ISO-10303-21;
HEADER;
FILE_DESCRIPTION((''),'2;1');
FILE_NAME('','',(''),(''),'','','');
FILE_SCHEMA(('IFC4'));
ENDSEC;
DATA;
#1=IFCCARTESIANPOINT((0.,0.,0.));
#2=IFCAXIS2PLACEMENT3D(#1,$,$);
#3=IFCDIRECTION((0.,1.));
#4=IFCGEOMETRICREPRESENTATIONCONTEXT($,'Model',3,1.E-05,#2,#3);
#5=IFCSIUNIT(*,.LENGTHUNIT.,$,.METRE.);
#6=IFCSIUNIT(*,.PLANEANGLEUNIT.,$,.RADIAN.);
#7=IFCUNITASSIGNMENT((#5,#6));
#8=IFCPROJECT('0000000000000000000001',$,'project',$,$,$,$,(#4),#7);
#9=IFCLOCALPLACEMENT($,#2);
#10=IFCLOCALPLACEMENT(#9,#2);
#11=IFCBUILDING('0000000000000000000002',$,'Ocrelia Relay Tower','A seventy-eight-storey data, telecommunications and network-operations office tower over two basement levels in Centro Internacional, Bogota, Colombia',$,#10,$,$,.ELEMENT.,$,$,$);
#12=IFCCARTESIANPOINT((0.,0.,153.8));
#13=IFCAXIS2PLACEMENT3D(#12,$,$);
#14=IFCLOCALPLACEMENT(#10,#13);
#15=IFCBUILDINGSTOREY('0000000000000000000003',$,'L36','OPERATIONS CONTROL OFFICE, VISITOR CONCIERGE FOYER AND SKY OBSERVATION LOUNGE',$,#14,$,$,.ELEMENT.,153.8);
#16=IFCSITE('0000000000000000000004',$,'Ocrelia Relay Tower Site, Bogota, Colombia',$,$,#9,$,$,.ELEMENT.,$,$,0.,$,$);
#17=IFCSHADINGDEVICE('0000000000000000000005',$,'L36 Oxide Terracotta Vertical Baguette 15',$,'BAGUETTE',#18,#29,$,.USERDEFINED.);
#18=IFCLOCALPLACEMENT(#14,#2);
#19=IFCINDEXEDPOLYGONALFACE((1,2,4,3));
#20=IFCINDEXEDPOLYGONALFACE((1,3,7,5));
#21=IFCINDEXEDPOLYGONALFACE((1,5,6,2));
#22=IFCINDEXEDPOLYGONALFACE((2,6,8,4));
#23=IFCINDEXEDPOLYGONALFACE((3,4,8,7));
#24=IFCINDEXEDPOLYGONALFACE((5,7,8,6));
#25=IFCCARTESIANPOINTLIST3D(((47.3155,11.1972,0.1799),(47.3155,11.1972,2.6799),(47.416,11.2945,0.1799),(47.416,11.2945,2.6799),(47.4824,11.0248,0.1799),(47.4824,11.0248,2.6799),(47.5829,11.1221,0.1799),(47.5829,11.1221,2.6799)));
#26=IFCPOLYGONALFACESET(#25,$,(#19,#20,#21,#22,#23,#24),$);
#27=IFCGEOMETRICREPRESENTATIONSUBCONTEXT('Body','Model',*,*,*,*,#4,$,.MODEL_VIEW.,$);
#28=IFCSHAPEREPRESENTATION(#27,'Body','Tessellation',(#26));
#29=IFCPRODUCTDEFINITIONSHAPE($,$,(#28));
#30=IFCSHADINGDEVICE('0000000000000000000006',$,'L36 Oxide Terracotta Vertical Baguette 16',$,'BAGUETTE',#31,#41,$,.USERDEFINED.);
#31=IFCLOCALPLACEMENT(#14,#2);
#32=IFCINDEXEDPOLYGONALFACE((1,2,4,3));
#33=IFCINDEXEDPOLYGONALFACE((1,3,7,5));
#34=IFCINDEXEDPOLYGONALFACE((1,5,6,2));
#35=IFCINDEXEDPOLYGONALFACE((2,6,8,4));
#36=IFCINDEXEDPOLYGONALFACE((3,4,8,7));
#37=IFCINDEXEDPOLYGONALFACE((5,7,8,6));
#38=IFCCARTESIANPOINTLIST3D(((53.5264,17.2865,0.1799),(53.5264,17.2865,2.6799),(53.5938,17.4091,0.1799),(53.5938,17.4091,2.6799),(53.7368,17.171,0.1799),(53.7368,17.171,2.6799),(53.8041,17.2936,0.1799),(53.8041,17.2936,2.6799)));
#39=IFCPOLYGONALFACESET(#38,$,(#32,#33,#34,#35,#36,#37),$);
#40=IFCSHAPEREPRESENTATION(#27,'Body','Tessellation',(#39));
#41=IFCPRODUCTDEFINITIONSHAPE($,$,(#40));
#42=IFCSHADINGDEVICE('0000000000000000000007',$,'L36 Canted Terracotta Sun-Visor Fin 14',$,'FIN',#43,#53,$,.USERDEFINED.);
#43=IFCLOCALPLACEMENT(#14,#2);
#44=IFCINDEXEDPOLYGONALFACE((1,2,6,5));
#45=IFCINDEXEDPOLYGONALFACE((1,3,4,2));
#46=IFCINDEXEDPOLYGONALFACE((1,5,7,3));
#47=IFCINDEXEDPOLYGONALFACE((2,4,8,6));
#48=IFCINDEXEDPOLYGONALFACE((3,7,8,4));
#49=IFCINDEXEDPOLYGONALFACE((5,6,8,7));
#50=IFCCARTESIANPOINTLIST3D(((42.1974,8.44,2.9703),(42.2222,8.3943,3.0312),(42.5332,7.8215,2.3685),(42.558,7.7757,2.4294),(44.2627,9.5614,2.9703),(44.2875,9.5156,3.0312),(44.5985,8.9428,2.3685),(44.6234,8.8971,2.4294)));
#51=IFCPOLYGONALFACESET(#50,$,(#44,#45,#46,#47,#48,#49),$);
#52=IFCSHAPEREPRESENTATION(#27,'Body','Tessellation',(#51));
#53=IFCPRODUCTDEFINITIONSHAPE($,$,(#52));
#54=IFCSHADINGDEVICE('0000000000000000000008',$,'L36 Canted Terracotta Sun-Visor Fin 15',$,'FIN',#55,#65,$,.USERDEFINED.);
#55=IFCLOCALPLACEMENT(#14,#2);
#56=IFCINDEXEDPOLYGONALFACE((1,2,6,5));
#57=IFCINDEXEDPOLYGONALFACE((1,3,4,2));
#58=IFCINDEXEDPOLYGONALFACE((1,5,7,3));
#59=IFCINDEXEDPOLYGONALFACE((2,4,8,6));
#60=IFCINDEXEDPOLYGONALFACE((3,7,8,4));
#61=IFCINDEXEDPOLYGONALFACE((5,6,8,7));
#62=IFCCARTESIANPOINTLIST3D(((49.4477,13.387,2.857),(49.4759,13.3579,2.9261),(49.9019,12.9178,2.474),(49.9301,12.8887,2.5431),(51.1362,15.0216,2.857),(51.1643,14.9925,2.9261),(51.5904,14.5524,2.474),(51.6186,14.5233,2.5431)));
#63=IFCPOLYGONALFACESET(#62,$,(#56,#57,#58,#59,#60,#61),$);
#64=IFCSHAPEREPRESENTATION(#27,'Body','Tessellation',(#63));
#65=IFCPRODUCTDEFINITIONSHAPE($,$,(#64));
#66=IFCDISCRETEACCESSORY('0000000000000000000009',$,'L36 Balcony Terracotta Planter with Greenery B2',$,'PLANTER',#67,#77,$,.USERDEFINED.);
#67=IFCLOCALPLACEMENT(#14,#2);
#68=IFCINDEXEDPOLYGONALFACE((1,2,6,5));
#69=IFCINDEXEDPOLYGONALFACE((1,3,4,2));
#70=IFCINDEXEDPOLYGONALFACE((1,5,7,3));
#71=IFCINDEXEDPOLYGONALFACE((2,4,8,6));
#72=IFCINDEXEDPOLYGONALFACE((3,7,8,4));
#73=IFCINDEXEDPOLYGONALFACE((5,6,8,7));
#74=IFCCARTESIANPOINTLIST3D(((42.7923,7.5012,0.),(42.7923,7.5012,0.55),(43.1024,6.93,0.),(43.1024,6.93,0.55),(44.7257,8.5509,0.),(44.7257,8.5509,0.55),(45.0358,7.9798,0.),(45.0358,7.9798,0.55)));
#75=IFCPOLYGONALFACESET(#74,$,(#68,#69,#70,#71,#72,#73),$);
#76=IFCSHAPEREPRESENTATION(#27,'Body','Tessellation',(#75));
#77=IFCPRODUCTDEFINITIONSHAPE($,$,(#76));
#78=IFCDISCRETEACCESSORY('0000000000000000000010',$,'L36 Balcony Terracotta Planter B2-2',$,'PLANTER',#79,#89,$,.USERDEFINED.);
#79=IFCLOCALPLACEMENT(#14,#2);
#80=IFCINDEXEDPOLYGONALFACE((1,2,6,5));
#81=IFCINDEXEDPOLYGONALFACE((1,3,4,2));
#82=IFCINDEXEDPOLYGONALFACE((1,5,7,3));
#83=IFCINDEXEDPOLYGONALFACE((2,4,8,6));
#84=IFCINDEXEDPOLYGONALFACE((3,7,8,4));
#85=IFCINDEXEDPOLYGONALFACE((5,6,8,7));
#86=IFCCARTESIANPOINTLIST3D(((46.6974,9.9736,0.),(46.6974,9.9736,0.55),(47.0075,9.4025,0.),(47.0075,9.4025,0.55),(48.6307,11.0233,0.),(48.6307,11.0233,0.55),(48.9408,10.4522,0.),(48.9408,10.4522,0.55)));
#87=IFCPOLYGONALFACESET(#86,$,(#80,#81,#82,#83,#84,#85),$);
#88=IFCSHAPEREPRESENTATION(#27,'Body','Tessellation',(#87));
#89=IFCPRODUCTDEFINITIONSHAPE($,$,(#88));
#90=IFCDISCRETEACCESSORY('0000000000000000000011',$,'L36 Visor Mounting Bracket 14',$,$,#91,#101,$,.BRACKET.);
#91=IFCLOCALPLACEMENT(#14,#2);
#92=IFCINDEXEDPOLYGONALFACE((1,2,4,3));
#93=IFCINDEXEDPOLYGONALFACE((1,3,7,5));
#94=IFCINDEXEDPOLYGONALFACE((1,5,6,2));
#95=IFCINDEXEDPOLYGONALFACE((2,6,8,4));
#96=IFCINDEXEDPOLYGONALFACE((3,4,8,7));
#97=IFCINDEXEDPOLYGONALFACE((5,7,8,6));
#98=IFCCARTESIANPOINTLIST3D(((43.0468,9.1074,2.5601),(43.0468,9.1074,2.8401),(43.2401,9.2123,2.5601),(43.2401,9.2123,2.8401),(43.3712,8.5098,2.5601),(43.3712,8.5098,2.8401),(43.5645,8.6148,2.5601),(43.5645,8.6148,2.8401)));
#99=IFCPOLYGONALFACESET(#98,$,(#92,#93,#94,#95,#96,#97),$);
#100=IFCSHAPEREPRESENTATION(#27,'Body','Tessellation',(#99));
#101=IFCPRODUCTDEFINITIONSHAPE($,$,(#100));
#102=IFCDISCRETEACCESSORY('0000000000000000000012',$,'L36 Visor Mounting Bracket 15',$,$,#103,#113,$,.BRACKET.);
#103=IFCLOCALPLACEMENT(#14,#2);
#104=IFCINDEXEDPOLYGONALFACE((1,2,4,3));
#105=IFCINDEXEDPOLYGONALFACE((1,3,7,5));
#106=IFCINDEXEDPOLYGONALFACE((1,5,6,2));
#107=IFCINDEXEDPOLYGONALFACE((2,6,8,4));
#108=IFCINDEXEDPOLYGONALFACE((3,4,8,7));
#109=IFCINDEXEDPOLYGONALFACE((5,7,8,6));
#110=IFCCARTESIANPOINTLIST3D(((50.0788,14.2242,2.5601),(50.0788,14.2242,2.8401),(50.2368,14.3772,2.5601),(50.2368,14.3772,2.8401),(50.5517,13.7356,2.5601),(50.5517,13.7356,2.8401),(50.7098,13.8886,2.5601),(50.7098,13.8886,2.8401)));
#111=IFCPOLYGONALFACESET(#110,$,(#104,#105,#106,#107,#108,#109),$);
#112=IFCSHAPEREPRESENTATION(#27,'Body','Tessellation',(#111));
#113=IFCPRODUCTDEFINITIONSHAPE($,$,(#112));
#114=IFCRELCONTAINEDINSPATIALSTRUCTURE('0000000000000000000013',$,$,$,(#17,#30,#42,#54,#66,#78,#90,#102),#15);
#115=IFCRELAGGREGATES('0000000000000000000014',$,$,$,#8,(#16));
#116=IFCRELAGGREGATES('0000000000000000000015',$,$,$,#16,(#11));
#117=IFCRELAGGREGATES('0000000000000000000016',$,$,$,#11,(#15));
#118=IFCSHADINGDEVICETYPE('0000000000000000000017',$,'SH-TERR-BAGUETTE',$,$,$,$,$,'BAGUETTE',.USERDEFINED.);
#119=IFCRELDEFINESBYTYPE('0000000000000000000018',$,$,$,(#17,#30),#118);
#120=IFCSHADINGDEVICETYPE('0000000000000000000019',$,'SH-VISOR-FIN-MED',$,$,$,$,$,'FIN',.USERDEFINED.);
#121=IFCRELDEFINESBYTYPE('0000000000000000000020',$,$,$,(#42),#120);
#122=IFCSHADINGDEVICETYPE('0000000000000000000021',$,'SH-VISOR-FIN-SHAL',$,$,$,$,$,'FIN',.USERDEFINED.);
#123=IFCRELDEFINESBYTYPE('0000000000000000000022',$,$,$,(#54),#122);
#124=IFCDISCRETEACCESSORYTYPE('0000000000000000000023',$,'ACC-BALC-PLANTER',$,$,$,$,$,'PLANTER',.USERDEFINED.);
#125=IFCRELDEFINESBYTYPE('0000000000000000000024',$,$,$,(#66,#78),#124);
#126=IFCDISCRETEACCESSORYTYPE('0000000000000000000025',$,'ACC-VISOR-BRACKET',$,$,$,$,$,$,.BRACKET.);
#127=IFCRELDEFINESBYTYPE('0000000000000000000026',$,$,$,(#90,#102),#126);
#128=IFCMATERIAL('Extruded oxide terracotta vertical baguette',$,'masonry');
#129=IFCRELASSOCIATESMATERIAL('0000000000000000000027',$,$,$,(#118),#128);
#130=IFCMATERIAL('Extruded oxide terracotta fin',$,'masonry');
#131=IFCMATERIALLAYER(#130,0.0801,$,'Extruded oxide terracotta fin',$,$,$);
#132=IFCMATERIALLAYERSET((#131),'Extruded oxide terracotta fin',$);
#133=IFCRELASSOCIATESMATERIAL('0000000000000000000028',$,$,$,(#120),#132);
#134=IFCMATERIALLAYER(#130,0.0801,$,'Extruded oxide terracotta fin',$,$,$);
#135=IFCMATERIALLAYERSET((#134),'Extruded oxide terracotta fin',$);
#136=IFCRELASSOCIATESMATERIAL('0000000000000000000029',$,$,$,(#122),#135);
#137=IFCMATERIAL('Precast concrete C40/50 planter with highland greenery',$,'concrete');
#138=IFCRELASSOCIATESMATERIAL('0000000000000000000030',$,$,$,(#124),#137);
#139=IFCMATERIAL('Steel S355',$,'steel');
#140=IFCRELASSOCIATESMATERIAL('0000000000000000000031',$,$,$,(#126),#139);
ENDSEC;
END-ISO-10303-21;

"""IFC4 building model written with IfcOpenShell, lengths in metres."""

from ifc_helpers import new_model, si_unit, direction, frame, origin, origin_2d, place, context, subcontext, project, spatial, rectangle, extrude, material, layer, layer_set, type_object, element, save


model = new_model("IFC4")

# Units and contexts
model_context = context("Model", 3, precision=1e-05, world=origin(), true_north=direction((0.0, 1.0)))
body_context = subcontext(model_context, "Body", "Model", "MODEL_VIEW")
ifc_project = project(units=[si_unit("LENGTHUNIT", "METRE"), si_unit("PLANEANGLEUNIT", "RADIAN")], contexts=[model_context])

# Site, building, storey
site_placement = place(None, origin())
site = spatial("IfcSite", under=ifc_project, at=site_placement, Name="Ocrelia Relay Tower Site, Bogota, Colombia", CompositionType="ELEMENT", RefElevation=0.0)
building_placement = place(site_placement, origin())
building = spatial("IfcBuilding", under=site, at=building_placement, Name="Ocrelia Relay Tower", Description="A seventy-eight-storey data, telecommunications and network-operations office tower over two basement levels in Centro Internacional, Bogota, Colombia", CompositionType="ELEMENT")
storey_placement = place(building_placement, frame((0.0, 0.0, 153.8)))
storey = spatial("IfcBuildingStorey", under=building, at=storey_placement, Name="L36", Description="OPERATIONS CONTROL OFFICE, VISITOR CONCIERGE FOYER AND SKY OBSERVATION LOUNGE", CompositionType="ELEMENT", Elevation=153.8)

# Shared definitions
ifc_material_1 = material(Name="Steel S355", Category="steel")

# Shading devices
ifc_material_2 = material(Name="Extruded oxide terracotta vertical baguette", Category="masonry")
shading_device_type_1 = type_object("IfcShadingDeviceType", Name="SH-TERR-BAGUETTE", ElementType="BAGUETTE", PredefinedType="USERDEFINED", material=ifc_material_2)
for number, where, z_axis, x_axis, name in (
    (1, (47.4492, 11.1597, 0.1799), (0.0, 0.0, 1.0), (0.718475, 0.695553, 0.0), "L36 Oxide Terracotta Vertical Baguette 15"),
    (2, (53.6653, 17.29, 0.1799), (0.0, 0.0, 1.0), (0.481478, 0.876458, 0.0), "L36 Oxide Terracotta Vertical Baguette 16"),
):
    element("IfcShadingDevice", number, at=place(storey_placement, frame(where, z_axis=z_axis, x_axis=x_axis)), inside=storey, type_object=shading_device_type_1, Name=name, ObjectType="BAGUETTE", PredefinedType="USERDEFINED", context=body_context, shape_type="SweptSolid", body=[
        extrude(rectangle(XDim=0.1399, YDim=0.24, at=origin_2d()), origin(), (0.0, 0.0, 1.0), 2.5),
    ])
ifc_material_3 = material(Name="Extruded oxide terracotta fin", Category="masonry")
ifc_layer_1 = layer(ifc_material_3, 0.0801, Name="Extruded oxide terracotta fin")
ifc_layer_set_1 = layer_set([ifc_layer_1], Name="Extruded oxide terracotta fin")
shading_device_type_2 = type_object("IfcShadingDeviceType", Name="SH-VISOR-FIN-MED", ElementType="FIN", PredefinedType="USERDEFINED", material=ifc_layer_set_1)
shading_device_1_placement = place(storey_placement, frame((43.3979, 8.6914, 2.6694), z_axis=(0.310078, -0.571097, 0.760066), x_axis=(0.878819, 0.477156, 0.0)))
element("IfcShadingDevice", 3, at=shading_device_1_placement, inside=storey, type_object=shading_device_type_2, Name="L36 Canted Terracotta Sun-Visor Fin 14", ObjectType="FIN", PredefinedType="USERDEFINED", context=body_context, shape_type="SweptSolid", body=[
    extrude(rectangle(XDim=2.3501, YDim=0.926, at=origin_2d()), origin(), (0.0, 0.0, 1.0), 0.0801),
])
ifc_layer_2 = layer(ifc_material_3, 0.0801, Name="Extruded oxide terracotta fin")
ifc_layer_set_2 = layer_set([ifc_layer_2], Name="Extruded oxide terracotta fin")
shading_device_type_3 = type_object("IfcShadingDeviceType", Name="SH-VISOR-FIN-SHAL", ElementType="FIN", PredefinedType="USERDEFINED", material=ifc_layer_set_2)
shading_device_2_placement = place(storey_placement, frame((50.519, 13.9697, 2.6655), z_axis=(0.351869, -0.363464, 0.862602), x_axis=(0.718475, 0.695553, 0.0)))
element("IfcShadingDevice", 4, at=shading_device_2_placement, inside=storey, type_object=shading_device_type_3, Name="L36 Canted Terracotta Sun-Visor Fin 15", ObjectType="FIN", PredefinedType="USERDEFINED", context=body_context, shape_type="SweptSolid", body=[
    extrude(rectangle(XDim=2.3501, YDim=0.7571, at=origin_2d()), origin(), (0.0, 0.0, 1.0), 0.0801),
])

# Discrete accessories
ifc_material_4 = material(Name="Precast concrete C40/50 planter with highland greenery", Category="concrete")
discrete_accessory_type_1 = type_object("IfcDiscreteAccessoryType", Name="ACC-BALC-PLANTER", ElementType="PLANTER", PredefinedType="USERDEFINED", material=ifc_material_4)
for number, where, z_axis, x_axis, name in (
    (5, (43.9141, 7.7405, 0.0), (0.0, 0.0, 1.0), (-0.878815, -0.477162, 0.0), "L36 Balcony Terracotta Planter with Greenery B2"),
    (6, (47.8191, 10.2129, 0.0), (0.0, 0.0, 1.0), (-0.878815, -0.477162, 0.0), "L36 Balcony Terracotta Planter B2-2"),
):
    element("IfcDiscreteAccessory", number, at=place(storey_placement, frame(where, z_axis=z_axis, x_axis=x_axis)), inside=storey, type_object=discrete_accessory_type_1, Name=name, ObjectType="PLANTER", PredefinedType="USERDEFINED", context=body_context, shape_type="SweptSolid", body=[
        extrude(rectangle(XDim=2.2, YDim=0.6499, at=origin_2d()), origin(), (0.0, 0.0, 1.0), 0.55),
    ])
discrete_accessory_type_2 = type_object("IfcDiscreteAccessoryType", Name="ACC-VISOR-BRACKET", PredefinedType="BRACKET", material=ifc_material_1)
for number, where, z_axis, x_axis, name in (
    (7, (43.3057, 8.8611, 2.5601), (0.0, 0.0, 1.0), (0.878819, 0.477156, 0.0), "L36 Visor Mounting Bracket 14"),
    (8, (50.3943, 14.0564, 2.5601), (0.0, 0.0, 1.0), (0.718475, 0.695553, 0.0), "L36 Visor Mounting Bracket 15"),
):
    element("IfcDiscreteAccessory", number, at=place(storey_placement, frame(where, z_axis=z_axis, x_axis=x_axis)), inside=storey, type_object=discrete_accessory_type_2, Name=name, PredefinedType="BRACKET", context=body_context, shape_type="SweptSolid", body=[
        extrude(rectangle(XDim=0.22, YDim=0.6799, at=origin_2d()), origin(), (0.0, 0.0, 1.0), 0.28),
    ])

save(model, "model.ifc")
